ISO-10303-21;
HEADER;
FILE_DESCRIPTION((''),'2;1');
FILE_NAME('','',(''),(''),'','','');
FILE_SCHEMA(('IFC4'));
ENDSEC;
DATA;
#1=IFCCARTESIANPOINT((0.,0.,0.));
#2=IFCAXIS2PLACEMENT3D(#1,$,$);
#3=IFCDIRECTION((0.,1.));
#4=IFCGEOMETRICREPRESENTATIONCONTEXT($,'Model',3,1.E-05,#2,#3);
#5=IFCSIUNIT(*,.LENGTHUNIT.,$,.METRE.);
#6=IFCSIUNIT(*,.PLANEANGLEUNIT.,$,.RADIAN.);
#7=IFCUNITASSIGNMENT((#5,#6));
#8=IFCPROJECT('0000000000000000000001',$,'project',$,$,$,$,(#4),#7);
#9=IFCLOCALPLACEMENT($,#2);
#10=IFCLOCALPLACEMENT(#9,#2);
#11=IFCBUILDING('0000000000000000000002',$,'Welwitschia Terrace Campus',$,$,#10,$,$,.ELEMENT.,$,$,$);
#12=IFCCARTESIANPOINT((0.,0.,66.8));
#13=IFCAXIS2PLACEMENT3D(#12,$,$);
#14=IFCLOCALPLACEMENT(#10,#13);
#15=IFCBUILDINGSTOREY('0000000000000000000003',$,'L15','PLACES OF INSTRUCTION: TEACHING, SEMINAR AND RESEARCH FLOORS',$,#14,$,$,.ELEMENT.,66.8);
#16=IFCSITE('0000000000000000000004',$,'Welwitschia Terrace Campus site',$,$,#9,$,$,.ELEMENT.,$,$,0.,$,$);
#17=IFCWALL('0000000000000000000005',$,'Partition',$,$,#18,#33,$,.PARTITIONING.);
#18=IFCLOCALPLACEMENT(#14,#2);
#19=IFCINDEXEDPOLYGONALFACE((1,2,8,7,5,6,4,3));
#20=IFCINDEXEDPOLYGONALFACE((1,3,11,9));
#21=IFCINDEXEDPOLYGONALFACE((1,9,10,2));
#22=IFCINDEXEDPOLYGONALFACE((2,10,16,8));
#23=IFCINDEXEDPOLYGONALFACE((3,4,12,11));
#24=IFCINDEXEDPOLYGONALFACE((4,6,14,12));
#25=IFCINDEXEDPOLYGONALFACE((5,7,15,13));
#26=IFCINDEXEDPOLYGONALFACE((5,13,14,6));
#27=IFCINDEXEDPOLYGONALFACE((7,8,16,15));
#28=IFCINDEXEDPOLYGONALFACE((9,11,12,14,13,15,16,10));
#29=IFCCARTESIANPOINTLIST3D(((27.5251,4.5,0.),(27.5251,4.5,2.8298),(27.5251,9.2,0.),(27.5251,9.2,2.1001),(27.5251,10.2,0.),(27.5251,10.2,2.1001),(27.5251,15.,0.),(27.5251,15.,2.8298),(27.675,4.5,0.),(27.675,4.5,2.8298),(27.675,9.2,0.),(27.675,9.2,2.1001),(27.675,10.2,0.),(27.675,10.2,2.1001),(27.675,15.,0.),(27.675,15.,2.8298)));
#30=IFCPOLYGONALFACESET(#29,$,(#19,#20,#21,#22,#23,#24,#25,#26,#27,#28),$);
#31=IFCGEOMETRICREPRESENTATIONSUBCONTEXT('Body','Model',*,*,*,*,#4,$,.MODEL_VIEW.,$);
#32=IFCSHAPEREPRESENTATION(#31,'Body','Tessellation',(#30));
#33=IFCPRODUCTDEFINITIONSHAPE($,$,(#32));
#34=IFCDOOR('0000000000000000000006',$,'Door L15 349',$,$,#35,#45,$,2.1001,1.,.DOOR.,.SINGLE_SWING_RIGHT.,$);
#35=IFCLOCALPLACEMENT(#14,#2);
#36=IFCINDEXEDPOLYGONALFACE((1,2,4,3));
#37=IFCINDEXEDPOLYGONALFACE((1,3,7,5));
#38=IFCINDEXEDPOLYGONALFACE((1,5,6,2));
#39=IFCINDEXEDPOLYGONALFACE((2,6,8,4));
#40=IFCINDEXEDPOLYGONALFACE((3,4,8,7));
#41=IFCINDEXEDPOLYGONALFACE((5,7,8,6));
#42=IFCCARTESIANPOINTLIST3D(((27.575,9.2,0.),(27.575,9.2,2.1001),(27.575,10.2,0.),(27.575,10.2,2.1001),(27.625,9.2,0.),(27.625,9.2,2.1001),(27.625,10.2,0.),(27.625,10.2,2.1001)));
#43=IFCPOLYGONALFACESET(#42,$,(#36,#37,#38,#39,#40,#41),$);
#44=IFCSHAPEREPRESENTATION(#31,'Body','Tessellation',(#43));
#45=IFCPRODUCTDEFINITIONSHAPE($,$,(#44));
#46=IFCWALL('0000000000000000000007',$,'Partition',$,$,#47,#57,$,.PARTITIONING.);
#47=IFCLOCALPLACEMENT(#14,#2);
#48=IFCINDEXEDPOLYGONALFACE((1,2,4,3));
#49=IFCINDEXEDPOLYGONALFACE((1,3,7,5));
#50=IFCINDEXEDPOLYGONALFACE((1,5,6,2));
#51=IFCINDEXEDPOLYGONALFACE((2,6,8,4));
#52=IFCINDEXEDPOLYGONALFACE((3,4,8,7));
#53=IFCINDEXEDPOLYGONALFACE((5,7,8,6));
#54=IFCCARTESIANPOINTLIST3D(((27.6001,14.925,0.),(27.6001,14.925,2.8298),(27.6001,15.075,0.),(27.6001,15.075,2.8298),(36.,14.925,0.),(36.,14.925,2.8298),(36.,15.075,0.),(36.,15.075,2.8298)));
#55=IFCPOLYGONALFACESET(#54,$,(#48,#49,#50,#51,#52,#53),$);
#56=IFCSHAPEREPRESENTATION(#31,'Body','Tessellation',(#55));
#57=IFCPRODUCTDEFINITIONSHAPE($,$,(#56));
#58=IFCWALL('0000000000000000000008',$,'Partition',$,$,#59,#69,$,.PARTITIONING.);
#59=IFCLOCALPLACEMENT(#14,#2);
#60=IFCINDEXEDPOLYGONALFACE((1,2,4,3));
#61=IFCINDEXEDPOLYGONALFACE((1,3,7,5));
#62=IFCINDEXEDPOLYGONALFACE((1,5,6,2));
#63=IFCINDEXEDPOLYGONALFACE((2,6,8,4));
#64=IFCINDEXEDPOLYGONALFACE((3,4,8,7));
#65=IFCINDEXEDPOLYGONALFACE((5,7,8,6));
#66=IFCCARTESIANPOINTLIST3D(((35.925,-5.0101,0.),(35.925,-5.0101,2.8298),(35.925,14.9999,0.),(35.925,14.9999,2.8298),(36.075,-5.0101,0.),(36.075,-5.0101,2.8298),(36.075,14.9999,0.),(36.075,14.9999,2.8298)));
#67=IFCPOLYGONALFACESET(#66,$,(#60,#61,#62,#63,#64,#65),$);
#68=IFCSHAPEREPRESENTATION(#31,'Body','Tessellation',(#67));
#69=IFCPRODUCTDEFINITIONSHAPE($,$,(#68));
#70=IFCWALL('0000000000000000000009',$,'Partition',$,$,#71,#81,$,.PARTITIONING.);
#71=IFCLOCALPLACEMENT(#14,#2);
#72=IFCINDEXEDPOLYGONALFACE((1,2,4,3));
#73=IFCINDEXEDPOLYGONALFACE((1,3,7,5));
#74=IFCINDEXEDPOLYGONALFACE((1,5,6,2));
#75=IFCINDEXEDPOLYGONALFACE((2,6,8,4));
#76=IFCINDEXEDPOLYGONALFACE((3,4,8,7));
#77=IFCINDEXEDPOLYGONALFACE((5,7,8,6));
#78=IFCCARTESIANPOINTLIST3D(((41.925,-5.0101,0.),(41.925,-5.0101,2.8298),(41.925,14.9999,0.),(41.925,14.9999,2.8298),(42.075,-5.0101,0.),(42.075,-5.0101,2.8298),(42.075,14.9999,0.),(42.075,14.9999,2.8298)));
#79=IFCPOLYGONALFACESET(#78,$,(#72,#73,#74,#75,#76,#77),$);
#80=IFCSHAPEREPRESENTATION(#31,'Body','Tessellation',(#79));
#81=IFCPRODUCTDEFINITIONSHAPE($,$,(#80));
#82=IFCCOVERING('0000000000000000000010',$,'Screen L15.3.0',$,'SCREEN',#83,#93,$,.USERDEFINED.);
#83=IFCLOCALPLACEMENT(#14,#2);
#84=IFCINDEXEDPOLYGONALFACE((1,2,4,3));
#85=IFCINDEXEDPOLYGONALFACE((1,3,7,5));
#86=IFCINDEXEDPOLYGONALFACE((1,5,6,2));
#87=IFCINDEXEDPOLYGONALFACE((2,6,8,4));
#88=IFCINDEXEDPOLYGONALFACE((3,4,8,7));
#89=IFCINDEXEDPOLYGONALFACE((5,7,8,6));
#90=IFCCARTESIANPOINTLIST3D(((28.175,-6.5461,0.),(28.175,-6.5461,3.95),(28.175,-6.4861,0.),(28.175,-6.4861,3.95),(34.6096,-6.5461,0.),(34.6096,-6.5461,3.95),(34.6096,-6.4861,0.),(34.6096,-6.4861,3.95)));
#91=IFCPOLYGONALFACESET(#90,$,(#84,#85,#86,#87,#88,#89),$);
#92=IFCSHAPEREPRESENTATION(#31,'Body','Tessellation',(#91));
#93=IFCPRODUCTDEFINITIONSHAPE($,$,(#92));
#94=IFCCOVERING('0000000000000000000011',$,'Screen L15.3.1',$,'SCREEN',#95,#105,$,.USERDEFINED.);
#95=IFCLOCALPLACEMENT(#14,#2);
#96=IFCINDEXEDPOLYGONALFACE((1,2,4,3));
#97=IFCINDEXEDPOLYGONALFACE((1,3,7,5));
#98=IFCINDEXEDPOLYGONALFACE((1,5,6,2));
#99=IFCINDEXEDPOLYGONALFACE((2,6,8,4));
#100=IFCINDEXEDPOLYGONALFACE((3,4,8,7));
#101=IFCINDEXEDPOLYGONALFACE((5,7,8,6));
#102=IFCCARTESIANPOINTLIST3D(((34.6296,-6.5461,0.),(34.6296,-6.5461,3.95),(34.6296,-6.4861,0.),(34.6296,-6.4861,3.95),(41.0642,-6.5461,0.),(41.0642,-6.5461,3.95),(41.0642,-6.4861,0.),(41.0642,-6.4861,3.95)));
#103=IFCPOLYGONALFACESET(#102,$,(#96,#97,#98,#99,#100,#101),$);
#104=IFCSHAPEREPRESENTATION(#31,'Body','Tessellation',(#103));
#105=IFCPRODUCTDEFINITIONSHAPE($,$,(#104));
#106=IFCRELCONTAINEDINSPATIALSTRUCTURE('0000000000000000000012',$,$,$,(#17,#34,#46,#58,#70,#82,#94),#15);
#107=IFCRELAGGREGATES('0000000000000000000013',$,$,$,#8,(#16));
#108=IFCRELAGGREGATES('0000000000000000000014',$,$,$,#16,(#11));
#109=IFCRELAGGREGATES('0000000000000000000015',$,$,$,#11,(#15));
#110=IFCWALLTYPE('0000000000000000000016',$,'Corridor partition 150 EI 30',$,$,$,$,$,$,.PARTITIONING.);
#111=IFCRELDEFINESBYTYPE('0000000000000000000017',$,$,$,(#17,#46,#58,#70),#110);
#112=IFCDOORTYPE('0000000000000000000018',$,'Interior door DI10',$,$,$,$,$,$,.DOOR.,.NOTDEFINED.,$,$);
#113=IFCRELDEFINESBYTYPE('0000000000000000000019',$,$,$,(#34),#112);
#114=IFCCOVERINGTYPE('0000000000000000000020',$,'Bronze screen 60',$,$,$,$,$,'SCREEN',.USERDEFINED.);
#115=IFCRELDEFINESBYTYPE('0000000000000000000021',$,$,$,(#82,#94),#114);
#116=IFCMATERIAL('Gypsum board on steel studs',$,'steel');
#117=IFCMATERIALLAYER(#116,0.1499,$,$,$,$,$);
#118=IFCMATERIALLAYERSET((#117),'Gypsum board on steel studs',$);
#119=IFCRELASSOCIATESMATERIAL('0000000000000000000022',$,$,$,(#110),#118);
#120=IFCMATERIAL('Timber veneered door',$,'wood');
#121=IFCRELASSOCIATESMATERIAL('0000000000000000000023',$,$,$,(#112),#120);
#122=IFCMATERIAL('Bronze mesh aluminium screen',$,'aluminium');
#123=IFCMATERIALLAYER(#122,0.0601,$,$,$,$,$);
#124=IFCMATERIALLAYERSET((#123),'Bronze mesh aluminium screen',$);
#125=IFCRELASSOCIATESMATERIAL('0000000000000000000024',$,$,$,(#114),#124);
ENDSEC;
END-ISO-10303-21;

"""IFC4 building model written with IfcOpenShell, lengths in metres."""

from ifc_helpers import new_model, si_unit, direction, frame, frame_2d, origin, origin_2d, place, context, subcontext, project, spatial, rectangle, extrude, material, layer, layer_set, type_object, element, fill, save


model = new_model("IFC4")

# Units and contexts
model_context = context("Model", 3, precision=1e-05, world=origin(), true_north=direction((0.0, 1.0)))
body_context = subcontext(model_context, "Body", "Model", "MODEL_VIEW")
ifc_project = project(units=[si_unit("LENGTHUNIT", "METRE"), si_unit("PLANEANGLEUNIT", "RADIAN")], contexts=[model_context])

# Site, building, storey
site_placement = place(None, origin())
site = spatial("IfcSite", under=ifc_project, at=site_placement, Name="Welwitschia Terrace Campus site", CompositionType="ELEMENT", RefElevation=0.0)
building_placement = place(site_placement, origin())
building = spatial("IfcBuilding", under=site, at=building_placement, Name="Welwitschia Terrace Campus", CompositionType="ELEMENT")
storey_placement = place(building_placement, frame((0.0, 0.0, 66.8)))
storey = spatial("IfcBuildingStorey", under=building, at=storey_placement, Name="L15", Description="PLACES OF INSTRUCTION: TEACHING, SEMINAR AND RESEARCH FLOORS", CompositionType="ELEMENT", Elevation=66.8)

# Shared definitions
ifc_material_1 = material(Name="Gypsum board on steel studs", Category="steel")
ifc_layer_1 = layer(ifc_material_1, 0.1499)
ifc_layer_set_1 = layer_set([ifc_layer_1], Name="Gypsum board on steel studs")
wall_type = type_object("IfcWallType", Name="Corridor partition 150 EI 30", PredefinedType="PARTITIONING", material=ifc_layer_set_1)

# Wall, opening, door
wall_1_placement = place(storey_placement, frame((27.6001, 15.0, 0.0), z_axis=(0.0, 0.0, 1.0), x_axis=(0.0, -1.0, 0.0)))
wall_1 = element("IfcWall", 1, at=wall_1_placement, inside=storey, type_object=wall_type, Name="Partition", PredefinedType="PARTITIONING", context=body_context, shape_type="SweptSolid", body=[
    extrude(rectangle(XDim=10.5, YDim=0.1499, at=frame_2d((5.25, 0.0))), origin(), (0.0, 0.0, 1.0), 2.8298),
])
opening_1_placement = place(wall_1_placement, frame((4.8, 0.0, 0.0)))
opening_1 = element("IfcOpeningElement", 2, at=opening_1_placement, cuts=wall_1, PredefinedType="OPENING", context=body_context, shape_type="SweptSolid", body=[
    extrude(rectangle(XDim=1.0, YDim=2.1001, at=frame_2d((0.5, 1.05))), frame((0.0, 0.085, 0.0), z_axis=(0.0, -1.0, 0.0), x_axis=(1.0, 0.0, 0.0)), (0.0, 0.0, 1.0), 0.1699),
])
ifc_material_2 = material(Name="Timber veneered door", Category="wood")
door_type_1 = type_object("IfcDoorType", Name="Interior door DI10", OperationType="NOTDEFINED", PredefinedType="DOOR", material=ifc_material_2)
door_1_placement = place(opening_1_placement, origin())
door_1 = element("IfcDoor", 3, at=door_1_placement, inside=storey, type_object=door_type_1, Name="Door L15 349", OperationType="SINGLE_SWING_RIGHT", OverallHeight=2.1001, OverallWidth=1.0, PredefinedType="DOOR", context=body_context, shape_type="SweptSolid", body=[
    extrude(rectangle(XDim=1.0, YDim=2.1001, at=frame_2d((0.5, 1.05))), frame((0.0, 0.0249, 0.0), z_axis=(0.0, -1.0, 0.0), x_axis=(1.0, 0.0, 0.0)), (0.0, 0.0, 1.0), 0.05),
])
fill(opening_1, door_1)

# Walls
wall_2_placement = place(storey_placement, frame((27.6001, 15.0, 0.0), z_axis=(0.0, 0.0, 1.0), x_axis=(1.0, 0.0, 0.0)))
element("IfcWall", 4, at=wall_2_placement, inside=storey, type_object=wall_type, Name="Partition", PredefinedType="PARTITIONING", context=body_context, shape_type="SweptSolid", body=[
    extrude(rectangle(XDim=8.3999, YDim=0.1499, at=frame_2d((4.2, 0.0))), origin(), (0.0, 0.0, 1.0), 2.8298),
])
for number, where, z_axis, x_axis, name in (
    (5, (36.0, -5.01, 0.0), (0.0, 0.0, 1.0), (0.0, 1.0, 0.0), "Partition"),
    (6, (42.0, -5.01, 0.0), (0.0, 0.0, 1.0), (0.0, 1.0, 0.0), "Partition"),
):
    element("IfcWall", number, at=place(storey_placement, frame(where, z_axis=z_axis, x_axis=x_axis)), inside=storey, type_object=wall_type, Name=name, PredefinedType="PARTITIONING", context=body_context, shape_type="SweptSolid", body=[
        extrude(rectangle(XDim=20.01, YDim=0.1499, at=frame_2d((10.0049, 0.0))), origin(), (0.0, 0.0, 1.0), 2.8298),
    ])

# Coverings
ifc_material_3 = material(Name="Bronze mesh aluminium screen", Category="aluminium")
ifc_layer_2 = layer(ifc_material_3, 0.0601)
ifc_layer_set_2 = layer_set([ifc_layer_2], Name="Bronze mesh aluminium screen")
covering_type = type_object("IfcCoveringType", Name="Bronze screen 60", ElementType="SCREEN", PredefinedType="USERDEFINED", material=ifc_layer_set_2)
for number, where, z_axis, x_axis, name in (
    (7, (31.3923, -6.5161, 0.0), (0.0, 0.0, 1.0), (1.0, 0.0, 0.0), "Screen L15.3.0"),
    (8, (37.8469, -6.5161, 0.0), (0.0, 0.0, 1.0), (1.0, 0.0, 0.0), "Screen L15.3.1"),
):
    element("IfcCovering", number, at=place(storey_placement, frame(where, z_axis=z_axis, x_axis=x_axis)), inside=storey, type_object=covering_type, Name=name, ObjectType="SCREEN", PredefinedType="USERDEFINED", context=body_context, shape_type="SweptSolid", body=[
        extrude(rectangle(XDim=6.4346, YDim=0.0601, at=origin_2d()), origin(), (0.0, 0.0, 1.0), 3.95),
    ])

save(model, "model.ifc")
